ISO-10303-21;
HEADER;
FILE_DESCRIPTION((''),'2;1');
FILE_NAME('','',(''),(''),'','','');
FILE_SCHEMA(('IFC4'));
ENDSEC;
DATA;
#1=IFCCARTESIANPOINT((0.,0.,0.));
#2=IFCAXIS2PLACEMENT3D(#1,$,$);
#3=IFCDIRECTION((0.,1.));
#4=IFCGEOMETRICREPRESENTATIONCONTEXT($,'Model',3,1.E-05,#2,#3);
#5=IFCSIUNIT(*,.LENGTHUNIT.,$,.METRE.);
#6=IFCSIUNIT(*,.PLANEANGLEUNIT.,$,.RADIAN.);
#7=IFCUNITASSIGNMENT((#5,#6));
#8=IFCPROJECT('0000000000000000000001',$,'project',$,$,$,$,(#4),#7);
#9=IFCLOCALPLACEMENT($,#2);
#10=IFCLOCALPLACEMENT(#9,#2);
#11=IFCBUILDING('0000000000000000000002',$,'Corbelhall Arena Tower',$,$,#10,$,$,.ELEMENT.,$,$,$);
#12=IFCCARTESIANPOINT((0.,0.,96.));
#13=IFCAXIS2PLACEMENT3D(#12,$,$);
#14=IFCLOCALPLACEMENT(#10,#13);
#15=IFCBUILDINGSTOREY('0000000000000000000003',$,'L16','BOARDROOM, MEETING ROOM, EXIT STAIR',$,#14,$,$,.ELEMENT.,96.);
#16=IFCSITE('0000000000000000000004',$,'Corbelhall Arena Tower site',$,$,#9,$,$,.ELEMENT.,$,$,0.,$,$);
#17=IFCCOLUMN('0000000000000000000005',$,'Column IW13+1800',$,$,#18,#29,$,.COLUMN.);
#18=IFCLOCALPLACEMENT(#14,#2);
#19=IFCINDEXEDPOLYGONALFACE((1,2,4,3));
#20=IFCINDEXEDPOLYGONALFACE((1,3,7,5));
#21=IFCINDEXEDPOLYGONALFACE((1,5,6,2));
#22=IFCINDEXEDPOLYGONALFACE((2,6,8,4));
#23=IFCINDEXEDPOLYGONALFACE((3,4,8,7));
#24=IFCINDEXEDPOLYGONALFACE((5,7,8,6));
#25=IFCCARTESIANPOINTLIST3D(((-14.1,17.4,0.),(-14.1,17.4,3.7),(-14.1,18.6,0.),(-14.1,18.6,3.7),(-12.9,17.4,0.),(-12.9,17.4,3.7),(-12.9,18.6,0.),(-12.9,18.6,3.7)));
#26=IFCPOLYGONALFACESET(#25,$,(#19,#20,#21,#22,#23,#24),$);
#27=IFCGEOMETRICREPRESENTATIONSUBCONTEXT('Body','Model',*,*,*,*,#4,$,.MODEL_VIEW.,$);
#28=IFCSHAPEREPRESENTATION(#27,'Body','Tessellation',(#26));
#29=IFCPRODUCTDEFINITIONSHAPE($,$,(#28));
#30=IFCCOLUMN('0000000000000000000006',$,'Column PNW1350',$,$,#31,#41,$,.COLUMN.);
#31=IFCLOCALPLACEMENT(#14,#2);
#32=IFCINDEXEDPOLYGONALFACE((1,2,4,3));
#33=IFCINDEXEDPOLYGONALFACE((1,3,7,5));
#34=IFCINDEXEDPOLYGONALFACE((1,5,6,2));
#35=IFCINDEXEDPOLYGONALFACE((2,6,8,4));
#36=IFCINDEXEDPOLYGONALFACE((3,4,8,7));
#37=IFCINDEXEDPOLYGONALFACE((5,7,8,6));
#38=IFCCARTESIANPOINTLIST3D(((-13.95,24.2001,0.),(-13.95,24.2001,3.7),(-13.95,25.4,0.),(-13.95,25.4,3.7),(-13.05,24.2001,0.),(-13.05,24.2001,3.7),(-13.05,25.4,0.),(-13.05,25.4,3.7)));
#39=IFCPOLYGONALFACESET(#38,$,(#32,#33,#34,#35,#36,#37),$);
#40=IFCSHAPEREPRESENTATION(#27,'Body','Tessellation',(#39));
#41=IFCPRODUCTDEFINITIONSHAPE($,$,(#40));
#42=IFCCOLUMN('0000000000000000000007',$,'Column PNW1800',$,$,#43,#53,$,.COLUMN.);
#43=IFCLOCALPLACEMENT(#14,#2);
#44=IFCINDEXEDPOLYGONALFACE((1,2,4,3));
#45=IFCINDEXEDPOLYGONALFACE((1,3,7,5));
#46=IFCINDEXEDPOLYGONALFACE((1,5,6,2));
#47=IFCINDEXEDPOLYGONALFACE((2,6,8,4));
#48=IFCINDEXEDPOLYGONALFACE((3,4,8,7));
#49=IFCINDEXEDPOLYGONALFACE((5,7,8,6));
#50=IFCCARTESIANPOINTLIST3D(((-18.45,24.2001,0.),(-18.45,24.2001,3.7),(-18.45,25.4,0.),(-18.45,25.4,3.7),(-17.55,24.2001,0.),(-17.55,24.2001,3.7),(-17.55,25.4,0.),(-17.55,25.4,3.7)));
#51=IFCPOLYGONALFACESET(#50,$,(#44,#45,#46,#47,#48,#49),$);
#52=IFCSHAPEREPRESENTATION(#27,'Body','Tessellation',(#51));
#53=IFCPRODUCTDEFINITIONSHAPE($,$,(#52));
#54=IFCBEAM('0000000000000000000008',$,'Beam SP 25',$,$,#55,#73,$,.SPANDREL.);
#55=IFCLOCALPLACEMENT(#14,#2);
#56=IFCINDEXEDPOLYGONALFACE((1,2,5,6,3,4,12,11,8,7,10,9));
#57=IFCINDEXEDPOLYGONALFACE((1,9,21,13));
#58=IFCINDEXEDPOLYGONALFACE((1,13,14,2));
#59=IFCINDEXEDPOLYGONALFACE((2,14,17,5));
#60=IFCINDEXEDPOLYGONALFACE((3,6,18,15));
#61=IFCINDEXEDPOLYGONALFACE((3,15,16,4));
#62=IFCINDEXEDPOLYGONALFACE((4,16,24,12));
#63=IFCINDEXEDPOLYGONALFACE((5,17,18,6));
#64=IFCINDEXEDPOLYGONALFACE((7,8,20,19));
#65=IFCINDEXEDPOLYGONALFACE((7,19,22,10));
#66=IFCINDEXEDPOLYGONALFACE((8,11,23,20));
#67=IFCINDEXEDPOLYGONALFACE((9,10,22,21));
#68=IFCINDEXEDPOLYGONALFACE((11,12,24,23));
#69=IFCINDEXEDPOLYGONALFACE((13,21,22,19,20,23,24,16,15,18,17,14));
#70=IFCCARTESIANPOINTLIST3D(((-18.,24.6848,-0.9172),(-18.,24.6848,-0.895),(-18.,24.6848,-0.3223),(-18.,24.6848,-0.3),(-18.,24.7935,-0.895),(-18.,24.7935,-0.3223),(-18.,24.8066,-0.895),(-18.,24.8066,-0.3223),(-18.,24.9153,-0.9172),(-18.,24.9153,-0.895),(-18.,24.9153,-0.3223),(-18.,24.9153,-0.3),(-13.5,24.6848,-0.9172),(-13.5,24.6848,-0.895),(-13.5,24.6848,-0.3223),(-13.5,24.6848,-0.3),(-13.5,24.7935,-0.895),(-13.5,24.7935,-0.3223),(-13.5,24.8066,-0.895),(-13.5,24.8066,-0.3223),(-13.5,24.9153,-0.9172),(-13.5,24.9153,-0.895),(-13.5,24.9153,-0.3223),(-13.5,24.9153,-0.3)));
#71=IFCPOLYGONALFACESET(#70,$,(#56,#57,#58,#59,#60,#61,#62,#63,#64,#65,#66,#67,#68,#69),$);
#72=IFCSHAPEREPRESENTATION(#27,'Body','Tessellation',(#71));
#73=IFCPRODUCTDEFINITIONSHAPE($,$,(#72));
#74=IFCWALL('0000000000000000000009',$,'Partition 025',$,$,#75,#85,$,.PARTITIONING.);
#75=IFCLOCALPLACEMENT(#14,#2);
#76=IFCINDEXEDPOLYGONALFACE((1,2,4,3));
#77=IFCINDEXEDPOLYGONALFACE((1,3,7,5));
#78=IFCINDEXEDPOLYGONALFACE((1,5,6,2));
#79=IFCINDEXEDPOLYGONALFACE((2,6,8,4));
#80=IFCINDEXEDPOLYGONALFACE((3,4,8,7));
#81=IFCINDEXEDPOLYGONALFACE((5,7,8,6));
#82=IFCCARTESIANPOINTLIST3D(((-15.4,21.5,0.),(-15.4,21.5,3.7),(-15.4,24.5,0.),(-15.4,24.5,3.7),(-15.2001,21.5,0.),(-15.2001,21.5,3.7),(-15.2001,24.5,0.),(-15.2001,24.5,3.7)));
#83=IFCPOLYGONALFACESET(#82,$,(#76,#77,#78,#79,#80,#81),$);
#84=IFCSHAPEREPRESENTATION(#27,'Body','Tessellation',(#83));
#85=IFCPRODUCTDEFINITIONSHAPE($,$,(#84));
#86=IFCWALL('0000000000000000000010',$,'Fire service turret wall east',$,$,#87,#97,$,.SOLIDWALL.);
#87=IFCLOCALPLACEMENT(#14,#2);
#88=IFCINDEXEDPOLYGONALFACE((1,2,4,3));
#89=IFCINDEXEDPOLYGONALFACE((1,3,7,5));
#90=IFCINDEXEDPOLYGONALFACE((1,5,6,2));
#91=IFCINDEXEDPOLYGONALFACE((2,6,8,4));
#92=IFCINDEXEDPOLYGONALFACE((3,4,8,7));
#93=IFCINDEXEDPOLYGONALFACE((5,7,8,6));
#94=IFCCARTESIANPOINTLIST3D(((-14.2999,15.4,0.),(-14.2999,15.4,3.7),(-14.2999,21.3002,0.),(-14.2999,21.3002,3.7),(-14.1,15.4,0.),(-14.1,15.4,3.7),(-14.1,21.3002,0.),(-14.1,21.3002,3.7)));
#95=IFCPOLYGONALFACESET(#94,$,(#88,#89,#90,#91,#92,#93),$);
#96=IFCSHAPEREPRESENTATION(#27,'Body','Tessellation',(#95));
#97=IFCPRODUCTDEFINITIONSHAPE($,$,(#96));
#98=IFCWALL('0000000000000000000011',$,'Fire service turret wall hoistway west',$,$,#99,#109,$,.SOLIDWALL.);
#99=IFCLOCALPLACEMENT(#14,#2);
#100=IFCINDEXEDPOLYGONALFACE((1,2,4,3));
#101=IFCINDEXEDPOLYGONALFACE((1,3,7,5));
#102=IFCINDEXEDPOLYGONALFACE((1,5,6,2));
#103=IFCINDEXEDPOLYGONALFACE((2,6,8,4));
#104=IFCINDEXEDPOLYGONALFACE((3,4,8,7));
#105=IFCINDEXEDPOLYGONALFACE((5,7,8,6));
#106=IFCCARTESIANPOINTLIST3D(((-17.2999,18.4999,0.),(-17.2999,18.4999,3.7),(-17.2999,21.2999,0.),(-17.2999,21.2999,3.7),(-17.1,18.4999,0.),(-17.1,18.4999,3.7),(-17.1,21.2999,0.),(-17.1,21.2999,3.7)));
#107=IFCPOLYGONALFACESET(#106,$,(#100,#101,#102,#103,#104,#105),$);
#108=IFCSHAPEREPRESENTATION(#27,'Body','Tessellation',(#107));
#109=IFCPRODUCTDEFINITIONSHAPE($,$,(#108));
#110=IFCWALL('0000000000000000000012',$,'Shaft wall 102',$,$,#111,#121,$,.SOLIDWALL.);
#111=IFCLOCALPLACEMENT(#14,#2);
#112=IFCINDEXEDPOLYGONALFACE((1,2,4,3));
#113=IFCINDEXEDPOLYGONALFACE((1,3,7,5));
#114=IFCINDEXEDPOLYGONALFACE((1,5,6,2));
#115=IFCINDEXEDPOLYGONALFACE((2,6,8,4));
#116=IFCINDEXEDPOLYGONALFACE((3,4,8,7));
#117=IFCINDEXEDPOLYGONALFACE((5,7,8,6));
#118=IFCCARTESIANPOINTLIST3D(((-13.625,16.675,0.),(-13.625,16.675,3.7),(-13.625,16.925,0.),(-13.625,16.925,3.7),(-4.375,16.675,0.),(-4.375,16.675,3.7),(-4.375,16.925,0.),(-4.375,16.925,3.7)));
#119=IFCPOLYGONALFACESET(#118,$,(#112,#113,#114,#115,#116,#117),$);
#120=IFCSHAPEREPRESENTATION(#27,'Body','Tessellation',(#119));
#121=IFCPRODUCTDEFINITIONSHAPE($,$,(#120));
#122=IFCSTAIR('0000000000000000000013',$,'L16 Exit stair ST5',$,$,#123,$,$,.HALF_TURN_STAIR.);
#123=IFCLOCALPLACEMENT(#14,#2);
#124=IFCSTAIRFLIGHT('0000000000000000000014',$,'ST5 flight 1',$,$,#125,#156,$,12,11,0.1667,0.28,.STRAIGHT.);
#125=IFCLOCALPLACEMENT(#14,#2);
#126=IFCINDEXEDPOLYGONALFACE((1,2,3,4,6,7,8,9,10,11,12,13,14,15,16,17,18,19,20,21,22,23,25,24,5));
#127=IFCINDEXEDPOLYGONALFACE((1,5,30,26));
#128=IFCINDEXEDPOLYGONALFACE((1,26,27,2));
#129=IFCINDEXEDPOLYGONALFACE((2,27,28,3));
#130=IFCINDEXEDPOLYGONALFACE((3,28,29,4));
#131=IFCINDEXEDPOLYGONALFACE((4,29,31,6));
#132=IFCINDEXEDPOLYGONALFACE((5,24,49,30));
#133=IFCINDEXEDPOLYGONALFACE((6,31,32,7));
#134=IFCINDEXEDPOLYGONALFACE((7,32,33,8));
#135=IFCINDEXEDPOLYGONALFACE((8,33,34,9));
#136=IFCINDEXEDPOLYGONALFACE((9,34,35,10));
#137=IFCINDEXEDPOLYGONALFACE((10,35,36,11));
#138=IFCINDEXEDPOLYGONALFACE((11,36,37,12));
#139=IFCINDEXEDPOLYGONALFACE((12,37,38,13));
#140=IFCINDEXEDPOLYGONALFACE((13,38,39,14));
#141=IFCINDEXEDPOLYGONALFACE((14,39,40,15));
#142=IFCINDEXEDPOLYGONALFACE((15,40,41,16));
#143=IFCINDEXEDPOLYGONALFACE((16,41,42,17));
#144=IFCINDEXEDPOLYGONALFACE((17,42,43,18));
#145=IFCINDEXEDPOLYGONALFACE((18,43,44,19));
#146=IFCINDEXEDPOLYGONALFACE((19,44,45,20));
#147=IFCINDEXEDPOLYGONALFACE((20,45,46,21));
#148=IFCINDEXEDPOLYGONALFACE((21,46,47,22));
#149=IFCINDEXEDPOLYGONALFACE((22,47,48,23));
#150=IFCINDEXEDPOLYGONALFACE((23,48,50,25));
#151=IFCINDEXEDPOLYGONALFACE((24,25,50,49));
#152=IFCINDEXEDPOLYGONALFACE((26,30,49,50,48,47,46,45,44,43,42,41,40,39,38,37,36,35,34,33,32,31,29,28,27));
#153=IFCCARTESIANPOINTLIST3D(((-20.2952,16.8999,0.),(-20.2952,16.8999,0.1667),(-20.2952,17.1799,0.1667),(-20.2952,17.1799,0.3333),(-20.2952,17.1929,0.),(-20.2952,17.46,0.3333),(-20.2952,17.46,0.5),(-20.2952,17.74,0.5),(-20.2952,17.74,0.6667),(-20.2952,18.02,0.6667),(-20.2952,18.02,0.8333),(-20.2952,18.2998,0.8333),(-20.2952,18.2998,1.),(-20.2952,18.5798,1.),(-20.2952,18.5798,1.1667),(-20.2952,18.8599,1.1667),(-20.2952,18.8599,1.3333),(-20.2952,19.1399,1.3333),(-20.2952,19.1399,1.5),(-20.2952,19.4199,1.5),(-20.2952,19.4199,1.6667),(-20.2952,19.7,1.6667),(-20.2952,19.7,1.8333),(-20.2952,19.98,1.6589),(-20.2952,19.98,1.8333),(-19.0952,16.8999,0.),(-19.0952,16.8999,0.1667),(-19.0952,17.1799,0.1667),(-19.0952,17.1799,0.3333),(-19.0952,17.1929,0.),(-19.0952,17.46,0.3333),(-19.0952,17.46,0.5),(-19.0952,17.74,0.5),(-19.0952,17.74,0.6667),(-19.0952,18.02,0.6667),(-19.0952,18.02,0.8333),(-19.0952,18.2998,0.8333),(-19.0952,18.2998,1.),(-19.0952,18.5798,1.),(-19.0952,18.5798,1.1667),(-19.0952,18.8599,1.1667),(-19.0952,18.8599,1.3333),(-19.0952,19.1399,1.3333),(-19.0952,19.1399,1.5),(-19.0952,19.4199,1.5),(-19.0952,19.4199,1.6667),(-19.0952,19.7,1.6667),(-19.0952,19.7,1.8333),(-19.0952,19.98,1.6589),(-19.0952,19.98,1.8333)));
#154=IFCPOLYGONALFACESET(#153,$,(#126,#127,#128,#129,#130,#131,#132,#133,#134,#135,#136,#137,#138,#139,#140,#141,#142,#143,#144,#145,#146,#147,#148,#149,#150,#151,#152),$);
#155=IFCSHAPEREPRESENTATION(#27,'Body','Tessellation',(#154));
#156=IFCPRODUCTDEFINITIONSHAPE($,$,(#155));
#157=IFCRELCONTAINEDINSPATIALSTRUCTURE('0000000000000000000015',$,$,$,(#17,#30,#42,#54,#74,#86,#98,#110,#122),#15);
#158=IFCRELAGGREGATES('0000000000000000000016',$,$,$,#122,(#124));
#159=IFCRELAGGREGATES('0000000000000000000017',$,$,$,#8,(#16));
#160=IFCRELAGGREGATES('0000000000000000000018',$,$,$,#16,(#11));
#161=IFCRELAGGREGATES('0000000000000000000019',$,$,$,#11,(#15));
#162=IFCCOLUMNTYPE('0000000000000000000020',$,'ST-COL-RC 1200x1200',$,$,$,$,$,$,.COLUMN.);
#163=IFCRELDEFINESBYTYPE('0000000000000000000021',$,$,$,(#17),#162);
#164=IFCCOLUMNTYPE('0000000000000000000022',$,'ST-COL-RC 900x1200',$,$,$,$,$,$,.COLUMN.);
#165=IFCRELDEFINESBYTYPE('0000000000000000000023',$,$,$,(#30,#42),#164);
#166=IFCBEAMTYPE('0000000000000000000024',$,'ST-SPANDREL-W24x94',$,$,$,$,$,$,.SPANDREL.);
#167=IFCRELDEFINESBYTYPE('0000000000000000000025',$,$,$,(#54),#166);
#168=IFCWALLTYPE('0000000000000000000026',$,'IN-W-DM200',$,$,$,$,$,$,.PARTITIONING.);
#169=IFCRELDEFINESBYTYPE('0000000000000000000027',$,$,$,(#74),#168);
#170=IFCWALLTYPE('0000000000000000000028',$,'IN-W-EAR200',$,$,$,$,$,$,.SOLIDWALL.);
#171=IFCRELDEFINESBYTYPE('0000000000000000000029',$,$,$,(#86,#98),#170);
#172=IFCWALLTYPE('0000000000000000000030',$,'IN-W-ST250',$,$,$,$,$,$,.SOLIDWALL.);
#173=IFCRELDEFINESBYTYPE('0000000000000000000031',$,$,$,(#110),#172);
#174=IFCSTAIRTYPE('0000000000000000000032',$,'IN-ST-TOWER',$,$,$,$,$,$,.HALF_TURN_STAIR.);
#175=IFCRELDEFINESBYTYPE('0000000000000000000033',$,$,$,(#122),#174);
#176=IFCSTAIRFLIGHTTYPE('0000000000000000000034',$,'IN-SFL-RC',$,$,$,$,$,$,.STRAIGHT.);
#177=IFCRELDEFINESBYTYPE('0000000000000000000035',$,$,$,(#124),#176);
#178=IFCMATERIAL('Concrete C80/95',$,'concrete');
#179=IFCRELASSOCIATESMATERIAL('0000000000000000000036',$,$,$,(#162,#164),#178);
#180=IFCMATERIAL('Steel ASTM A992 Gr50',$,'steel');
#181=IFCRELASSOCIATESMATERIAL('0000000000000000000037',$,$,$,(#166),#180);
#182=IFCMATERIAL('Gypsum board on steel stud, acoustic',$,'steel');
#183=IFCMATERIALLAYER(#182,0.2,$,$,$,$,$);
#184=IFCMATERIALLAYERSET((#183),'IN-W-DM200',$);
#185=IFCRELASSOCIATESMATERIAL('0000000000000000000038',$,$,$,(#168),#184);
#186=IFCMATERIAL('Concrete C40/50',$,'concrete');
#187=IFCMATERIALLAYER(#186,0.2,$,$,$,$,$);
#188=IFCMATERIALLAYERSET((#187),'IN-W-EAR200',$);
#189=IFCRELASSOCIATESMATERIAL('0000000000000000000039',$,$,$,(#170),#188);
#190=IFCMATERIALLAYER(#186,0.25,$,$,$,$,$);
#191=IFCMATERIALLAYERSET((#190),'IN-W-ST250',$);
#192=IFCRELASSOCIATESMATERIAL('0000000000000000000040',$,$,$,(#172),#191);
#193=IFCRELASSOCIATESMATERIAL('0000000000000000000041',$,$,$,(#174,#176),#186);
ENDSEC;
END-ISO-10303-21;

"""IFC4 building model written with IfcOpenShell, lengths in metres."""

from ifc_helpers import new_model, si_unit, direction, frame, frame_2d, origin, origin_2d, place, context, subcontext, project, spatial, polyline, rectangle, i_section, outline, extrude, material, layer, layer_set, material_profile, profile_set, type_object, element, aggregate, save


model = new_model("IFC4")

# Units and contexts
model_context = context("Model", 3, precision=1e-05, world=origin(), true_north=direction((0.0, 1.0)))
body_context = subcontext(model_context, "Body", "Model", "MODEL_VIEW")
ifc_project = project(units=[si_unit("LENGTHUNIT", "METRE"), si_unit("PLANEANGLEUNIT", "RADIAN")], contexts=[model_context])

# Site, building, storey
site_placement = place(None, origin())
site = spatial("IfcSite", under=ifc_project, at=site_placement, Name="Corbelhall Arena Tower site", CompositionType="ELEMENT", RefElevation=0.0)
building_placement = place(site_placement, origin())
building = spatial("IfcBuilding", under=site, at=building_placement, Name="Corbelhall Arena Tower", CompositionType="ELEMENT")
storey_placement = place(building_placement, frame((0.0, 0.0, 96.0)))
storey = spatial("IfcBuildingStorey", under=building, at=storey_placement, Name="L16", Description="BOARDROOM, MEETING ROOM, EXIT STAIR", CompositionType="ELEMENT", Elevation=96.0)

# Columns
ifc_material_1 = material(Name="Concrete C80/95", Category="concrete")
ifc_material_profile_1 = material_profile(ifc_material_1, rectangle(XDim=1.2, YDim=1.2, at=origin_2d()))
ifc_profile_set_1 = profile_set([ifc_material_profile_1], Name="Concrete C80/95")
column_type_1 = type_object("IfcColumnType", Name="ST-COL-RC 1200x1200", PredefinedType="COLUMN", material=ifc_profile_set_1)
column_placement = place(storey_placement, frame((-13.5, 18.0, 0.0), z_axis=(0.0, 0.0, 1.0), x_axis=(1.0, 0.0, 0.0)))
element("IfcColumn", 1, at=column_placement, inside=storey, type_object=column_type_1, Name="Column IW13+1800", PredefinedType="COLUMN", context=body_context, shape_type="SweptSolid", body=[
    extrude(rectangle(XDim=1.2, YDim=1.2, at=origin_2d()), origin(), (0.0, 0.0, 1.0), 3.7),
])
ifc_material_profile_2 = material_profile(ifc_material_1, rectangle(XDim=0.8999, YDim=1.2, at=origin_2d()))
ifc_profile_set_2 = profile_set([ifc_material_profile_2], Name="Concrete C80/95")
column_type_2 = type_object("IfcColumnType", Name="ST-COL-RC 900x1200", PredefinedType="COLUMN", material=ifc_profile_set_2)
for number, where, z_axis, x_axis, name in (
    (2, (-13.5, 24.8, 0.0), (0.0, 0.0, 1.0), (1.0, 0.0, 0.0), "Column PNW1350"),
    (3, (-18.0, 24.8, 0.0), (0.0, 0.0, 1.0), (1.0, 0.0, 0.0), "Column PNW1800"),
):
    element("IfcColumn", number, at=place(storey_placement, frame(where, z_axis=z_axis, x_axis=x_axis)), inside=storey, type_object=column_type_2, Name=name, PredefinedType="COLUMN", context=body_context, shape_type="SweptSolid", body=[
        extrude(rectangle(XDim=0.8999, YDim=1.2, at=origin_2d()), origin(), (0.0, 0.0, 1.0), 3.7),
    ])

# Beam
ifc_material_2 = material(Name="Steel ASTM A992 Gr50", Category="steel")
ifc_material_profile_3 = material_profile(ifc_material_2, i_section(OverallWidth=0.2305, OverallDepth=0.6172, WebThickness=0.0132, FlangeThickness=0.0222, at=origin_2d()))
ifc_profile_set_3 = profile_set([ifc_material_profile_3], Name="Steel ASTM A992 Gr50")
beam_type = type_object("IfcBeamType", Name="ST-SPANDREL-W24x94", PredefinedType="SPANDREL", material=ifc_profile_set_3)
beam_placement = place(storey_placement, frame((-18.0, 24.8, -0.6086), z_axis=(1.0, 0.0, 0.0), x_axis=(0.0, 1.0, 0.0)))
element("IfcBeam", 4, at=beam_placement, inside=storey, type_object=beam_type, Name="Beam SP 25", PredefinedType="SPANDREL", context=body_context, shape_type="SweptSolid", body=[
    extrude(i_section(OverallWidth=0.2305, OverallDepth=0.6172, WebThickness=0.0132, FlangeThickness=0.0222, at=origin_2d()), origin(), (0.0, 0.0, 1.0), 4.5),
])

# Walls
ifc_material_3 = material(Name="Gypsum board on steel stud, acoustic", Category="steel")
ifc_layer_1 = layer(ifc_material_3, 0.2)
ifc_layer_set_1 = layer_set([ifc_layer_1], Name="IN-W-DM200")
wall_type_1 = type_object("IfcWallType", Name="IN-W-DM200", PredefinedType="PARTITIONING", material=ifc_layer_set_1)
wall_1_placement = place(storey_placement, frame((-15.3, 24.5, 0.0), z_axis=(0.0, 0.0, 1.0), x_axis=(0.0, -1.0, 0.0)))
element("IfcWall", 5, at=wall_1_placement, inside=storey, type_object=wall_type_1, Name="Partition 025", PredefinedType="PARTITIONING", context=body_context, shape_type="SweptSolid", body=[
    extrude(rectangle(XDim=3.0, YDim=0.2, at=frame_2d((1.5, 0.0))), origin(), (0.0, 0.0, 1.0), 3.7),
])
ifc_material_4 = material(Name="Concrete C40/50", Category="concrete")
ifc_layer_2 = layer(ifc_material_4, 0.2)
ifc_layer_set_2 = layer_set([ifc_layer_2], Name="IN-W-EAR200")
wall_type_2 = type_object("IfcWallType", Name="IN-W-EAR200", PredefinedType="SOLIDWALL", material=ifc_layer_set_2)
wall_2_placement = place(storey_placement, frame((-14.2, 15.3999, 0.0), z_axis=(0.0, 0.0, 1.0), x_axis=(0.0, 1.0, 0.0)))
element("IfcWall", 6, at=wall_2_placement, inside=storey, type_object=wall_type_2, Name="Fire service turret wall east", PredefinedType="SOLIDWALL", context=body_context, shape_type="SweptSolid", body=[
    extrude(rectangle(XDim=5.9001, YDim=0.2, at=frame_2d((2.9502, 0.0))), origin(), (0.0, 0.0, 1.0), 3.7),
])
wall_3_placement = place(storey_placement, frame((-17.2, 18.5, 0.0), z_axis=(0.0, 0.0, 1.0), x_axis=(0.0, 1.0, 0.0)))
element("IfcWall", 7, at=wall_3_placement, inside=storey, type_object=wall_type_2, Name="Fire service turret wall hoistway west", PredefinedType="SOLIDWALL", context=body_context, shape_type="SweptSolid", body=[
    extrude(rectangle(XDim=2.8, YDim=0.2, at=frame_2d((1.3999, 0.0))), origin(), (0.0, 0.0, 1.0), 3.7),
])

# Wall
ifc_layer_3 = layer(ifc_material_4, 0.25)
ifc_layer_set_3 = layer_set([ifc_layer_3], Name="IN-W-ST250")
wall_type_3 = type_object("IfcWallType", Name="IN-W-ST250", PredefinedType="SOLIDWALL", material=ifc_layer_set_3)
wall_4_placement = place(storey_placement, frame((-13.625, 16.8, 0.0), z_axis=(0.0, 0.0, 1.0), x_axis=(1.0, 0.0, 0.0)))
element("IfcWall", 8, at=wall_4_placement, inside=storey, type_object=wall_type_3, Name="Shaft wall 102", PredefinedType="SOLIDWALL", context=body_context, shape_type="SweptSolid", body=[
    extrude(rectangle(XDim=9.25, YDim=0.25, at=frame_2d((4.625, 0.0))), origin(), (0.0, 0.0, 1.0), 3.7),
])

# Stair, stair flight
stair_type = type_object("IfcStairType", Name="IN-ST-TOWER", PredefinedType="HALF_TURN_STAIR", material=ifc_material_4)
stair_placement = place(storey_placement, origin())
stair = element("IfcStair", 9, at=stair_placement, inside=storey, type_object=stair_type, Name="L16 Exit stair ST5", PredefinedType="HALF_TURN_STAIR")
stair_flight_type = type_object("IfcStairFlightType", Name="IN-SFL-RC", PredefinedType="STRAIGHT", material=ifc_material_4)
stair_flight_placement = place(storey_placement, frame((-19.6951, 16.8999, 0.0), z_axis=(0.0, 0.0, 1.0), x_axis=(0.0, 1.0, 0.0)))
stair_flight = element("IfcStairFlight", 10, at=stair_flight_placement, type_object=stair_flight_type, Name="ST5 flight 1", NumberOfRisers=12, NumberOfTreads=11, PredefinedType="STRAIGHT", RiserHeight=0.1667, TreadLength=0.28, context=body_context, shape_type="SweptSolid", body=[
    extrude(outline(polyline([(0.0, 0.0), (0.0, 0.1667), (0.28, 0.1667), (0.28, 0.3333), (0.5601, 0.3333), (0.5601, 0.5), (0.8401, 0.5), (0.8401, 0.6667), (1.1201, 0.6667), (1.1201, 0.8333), (1.3999, 0.8333), (1.3999, 1.0), (1.6799, 1.0), (1.6799, 1.1667), (1.96, 1.1667), (1.96, 1.3333), (2.24, 1.3333), (2.24, 1.5), (2.52, 1.5), (2.52, 1.6667), (2.8, 1.6667), (2.8, 1.8333), (3.0801, 1.8333), (3.0801, 2.0), (3.0801, 1.6589), (0.293, 0.0), (0.0, 0.0)])), frame((0.0, 0.6001, 0.0), z_axis=(0.0, -1.0, 0.0), x_axis=(1.0, 0.0, 0.0)), (0.0, 0.0, 1.0), 1.2),
])
aggregate(stair, [stair_flight])

save(model, "model.ifc")
